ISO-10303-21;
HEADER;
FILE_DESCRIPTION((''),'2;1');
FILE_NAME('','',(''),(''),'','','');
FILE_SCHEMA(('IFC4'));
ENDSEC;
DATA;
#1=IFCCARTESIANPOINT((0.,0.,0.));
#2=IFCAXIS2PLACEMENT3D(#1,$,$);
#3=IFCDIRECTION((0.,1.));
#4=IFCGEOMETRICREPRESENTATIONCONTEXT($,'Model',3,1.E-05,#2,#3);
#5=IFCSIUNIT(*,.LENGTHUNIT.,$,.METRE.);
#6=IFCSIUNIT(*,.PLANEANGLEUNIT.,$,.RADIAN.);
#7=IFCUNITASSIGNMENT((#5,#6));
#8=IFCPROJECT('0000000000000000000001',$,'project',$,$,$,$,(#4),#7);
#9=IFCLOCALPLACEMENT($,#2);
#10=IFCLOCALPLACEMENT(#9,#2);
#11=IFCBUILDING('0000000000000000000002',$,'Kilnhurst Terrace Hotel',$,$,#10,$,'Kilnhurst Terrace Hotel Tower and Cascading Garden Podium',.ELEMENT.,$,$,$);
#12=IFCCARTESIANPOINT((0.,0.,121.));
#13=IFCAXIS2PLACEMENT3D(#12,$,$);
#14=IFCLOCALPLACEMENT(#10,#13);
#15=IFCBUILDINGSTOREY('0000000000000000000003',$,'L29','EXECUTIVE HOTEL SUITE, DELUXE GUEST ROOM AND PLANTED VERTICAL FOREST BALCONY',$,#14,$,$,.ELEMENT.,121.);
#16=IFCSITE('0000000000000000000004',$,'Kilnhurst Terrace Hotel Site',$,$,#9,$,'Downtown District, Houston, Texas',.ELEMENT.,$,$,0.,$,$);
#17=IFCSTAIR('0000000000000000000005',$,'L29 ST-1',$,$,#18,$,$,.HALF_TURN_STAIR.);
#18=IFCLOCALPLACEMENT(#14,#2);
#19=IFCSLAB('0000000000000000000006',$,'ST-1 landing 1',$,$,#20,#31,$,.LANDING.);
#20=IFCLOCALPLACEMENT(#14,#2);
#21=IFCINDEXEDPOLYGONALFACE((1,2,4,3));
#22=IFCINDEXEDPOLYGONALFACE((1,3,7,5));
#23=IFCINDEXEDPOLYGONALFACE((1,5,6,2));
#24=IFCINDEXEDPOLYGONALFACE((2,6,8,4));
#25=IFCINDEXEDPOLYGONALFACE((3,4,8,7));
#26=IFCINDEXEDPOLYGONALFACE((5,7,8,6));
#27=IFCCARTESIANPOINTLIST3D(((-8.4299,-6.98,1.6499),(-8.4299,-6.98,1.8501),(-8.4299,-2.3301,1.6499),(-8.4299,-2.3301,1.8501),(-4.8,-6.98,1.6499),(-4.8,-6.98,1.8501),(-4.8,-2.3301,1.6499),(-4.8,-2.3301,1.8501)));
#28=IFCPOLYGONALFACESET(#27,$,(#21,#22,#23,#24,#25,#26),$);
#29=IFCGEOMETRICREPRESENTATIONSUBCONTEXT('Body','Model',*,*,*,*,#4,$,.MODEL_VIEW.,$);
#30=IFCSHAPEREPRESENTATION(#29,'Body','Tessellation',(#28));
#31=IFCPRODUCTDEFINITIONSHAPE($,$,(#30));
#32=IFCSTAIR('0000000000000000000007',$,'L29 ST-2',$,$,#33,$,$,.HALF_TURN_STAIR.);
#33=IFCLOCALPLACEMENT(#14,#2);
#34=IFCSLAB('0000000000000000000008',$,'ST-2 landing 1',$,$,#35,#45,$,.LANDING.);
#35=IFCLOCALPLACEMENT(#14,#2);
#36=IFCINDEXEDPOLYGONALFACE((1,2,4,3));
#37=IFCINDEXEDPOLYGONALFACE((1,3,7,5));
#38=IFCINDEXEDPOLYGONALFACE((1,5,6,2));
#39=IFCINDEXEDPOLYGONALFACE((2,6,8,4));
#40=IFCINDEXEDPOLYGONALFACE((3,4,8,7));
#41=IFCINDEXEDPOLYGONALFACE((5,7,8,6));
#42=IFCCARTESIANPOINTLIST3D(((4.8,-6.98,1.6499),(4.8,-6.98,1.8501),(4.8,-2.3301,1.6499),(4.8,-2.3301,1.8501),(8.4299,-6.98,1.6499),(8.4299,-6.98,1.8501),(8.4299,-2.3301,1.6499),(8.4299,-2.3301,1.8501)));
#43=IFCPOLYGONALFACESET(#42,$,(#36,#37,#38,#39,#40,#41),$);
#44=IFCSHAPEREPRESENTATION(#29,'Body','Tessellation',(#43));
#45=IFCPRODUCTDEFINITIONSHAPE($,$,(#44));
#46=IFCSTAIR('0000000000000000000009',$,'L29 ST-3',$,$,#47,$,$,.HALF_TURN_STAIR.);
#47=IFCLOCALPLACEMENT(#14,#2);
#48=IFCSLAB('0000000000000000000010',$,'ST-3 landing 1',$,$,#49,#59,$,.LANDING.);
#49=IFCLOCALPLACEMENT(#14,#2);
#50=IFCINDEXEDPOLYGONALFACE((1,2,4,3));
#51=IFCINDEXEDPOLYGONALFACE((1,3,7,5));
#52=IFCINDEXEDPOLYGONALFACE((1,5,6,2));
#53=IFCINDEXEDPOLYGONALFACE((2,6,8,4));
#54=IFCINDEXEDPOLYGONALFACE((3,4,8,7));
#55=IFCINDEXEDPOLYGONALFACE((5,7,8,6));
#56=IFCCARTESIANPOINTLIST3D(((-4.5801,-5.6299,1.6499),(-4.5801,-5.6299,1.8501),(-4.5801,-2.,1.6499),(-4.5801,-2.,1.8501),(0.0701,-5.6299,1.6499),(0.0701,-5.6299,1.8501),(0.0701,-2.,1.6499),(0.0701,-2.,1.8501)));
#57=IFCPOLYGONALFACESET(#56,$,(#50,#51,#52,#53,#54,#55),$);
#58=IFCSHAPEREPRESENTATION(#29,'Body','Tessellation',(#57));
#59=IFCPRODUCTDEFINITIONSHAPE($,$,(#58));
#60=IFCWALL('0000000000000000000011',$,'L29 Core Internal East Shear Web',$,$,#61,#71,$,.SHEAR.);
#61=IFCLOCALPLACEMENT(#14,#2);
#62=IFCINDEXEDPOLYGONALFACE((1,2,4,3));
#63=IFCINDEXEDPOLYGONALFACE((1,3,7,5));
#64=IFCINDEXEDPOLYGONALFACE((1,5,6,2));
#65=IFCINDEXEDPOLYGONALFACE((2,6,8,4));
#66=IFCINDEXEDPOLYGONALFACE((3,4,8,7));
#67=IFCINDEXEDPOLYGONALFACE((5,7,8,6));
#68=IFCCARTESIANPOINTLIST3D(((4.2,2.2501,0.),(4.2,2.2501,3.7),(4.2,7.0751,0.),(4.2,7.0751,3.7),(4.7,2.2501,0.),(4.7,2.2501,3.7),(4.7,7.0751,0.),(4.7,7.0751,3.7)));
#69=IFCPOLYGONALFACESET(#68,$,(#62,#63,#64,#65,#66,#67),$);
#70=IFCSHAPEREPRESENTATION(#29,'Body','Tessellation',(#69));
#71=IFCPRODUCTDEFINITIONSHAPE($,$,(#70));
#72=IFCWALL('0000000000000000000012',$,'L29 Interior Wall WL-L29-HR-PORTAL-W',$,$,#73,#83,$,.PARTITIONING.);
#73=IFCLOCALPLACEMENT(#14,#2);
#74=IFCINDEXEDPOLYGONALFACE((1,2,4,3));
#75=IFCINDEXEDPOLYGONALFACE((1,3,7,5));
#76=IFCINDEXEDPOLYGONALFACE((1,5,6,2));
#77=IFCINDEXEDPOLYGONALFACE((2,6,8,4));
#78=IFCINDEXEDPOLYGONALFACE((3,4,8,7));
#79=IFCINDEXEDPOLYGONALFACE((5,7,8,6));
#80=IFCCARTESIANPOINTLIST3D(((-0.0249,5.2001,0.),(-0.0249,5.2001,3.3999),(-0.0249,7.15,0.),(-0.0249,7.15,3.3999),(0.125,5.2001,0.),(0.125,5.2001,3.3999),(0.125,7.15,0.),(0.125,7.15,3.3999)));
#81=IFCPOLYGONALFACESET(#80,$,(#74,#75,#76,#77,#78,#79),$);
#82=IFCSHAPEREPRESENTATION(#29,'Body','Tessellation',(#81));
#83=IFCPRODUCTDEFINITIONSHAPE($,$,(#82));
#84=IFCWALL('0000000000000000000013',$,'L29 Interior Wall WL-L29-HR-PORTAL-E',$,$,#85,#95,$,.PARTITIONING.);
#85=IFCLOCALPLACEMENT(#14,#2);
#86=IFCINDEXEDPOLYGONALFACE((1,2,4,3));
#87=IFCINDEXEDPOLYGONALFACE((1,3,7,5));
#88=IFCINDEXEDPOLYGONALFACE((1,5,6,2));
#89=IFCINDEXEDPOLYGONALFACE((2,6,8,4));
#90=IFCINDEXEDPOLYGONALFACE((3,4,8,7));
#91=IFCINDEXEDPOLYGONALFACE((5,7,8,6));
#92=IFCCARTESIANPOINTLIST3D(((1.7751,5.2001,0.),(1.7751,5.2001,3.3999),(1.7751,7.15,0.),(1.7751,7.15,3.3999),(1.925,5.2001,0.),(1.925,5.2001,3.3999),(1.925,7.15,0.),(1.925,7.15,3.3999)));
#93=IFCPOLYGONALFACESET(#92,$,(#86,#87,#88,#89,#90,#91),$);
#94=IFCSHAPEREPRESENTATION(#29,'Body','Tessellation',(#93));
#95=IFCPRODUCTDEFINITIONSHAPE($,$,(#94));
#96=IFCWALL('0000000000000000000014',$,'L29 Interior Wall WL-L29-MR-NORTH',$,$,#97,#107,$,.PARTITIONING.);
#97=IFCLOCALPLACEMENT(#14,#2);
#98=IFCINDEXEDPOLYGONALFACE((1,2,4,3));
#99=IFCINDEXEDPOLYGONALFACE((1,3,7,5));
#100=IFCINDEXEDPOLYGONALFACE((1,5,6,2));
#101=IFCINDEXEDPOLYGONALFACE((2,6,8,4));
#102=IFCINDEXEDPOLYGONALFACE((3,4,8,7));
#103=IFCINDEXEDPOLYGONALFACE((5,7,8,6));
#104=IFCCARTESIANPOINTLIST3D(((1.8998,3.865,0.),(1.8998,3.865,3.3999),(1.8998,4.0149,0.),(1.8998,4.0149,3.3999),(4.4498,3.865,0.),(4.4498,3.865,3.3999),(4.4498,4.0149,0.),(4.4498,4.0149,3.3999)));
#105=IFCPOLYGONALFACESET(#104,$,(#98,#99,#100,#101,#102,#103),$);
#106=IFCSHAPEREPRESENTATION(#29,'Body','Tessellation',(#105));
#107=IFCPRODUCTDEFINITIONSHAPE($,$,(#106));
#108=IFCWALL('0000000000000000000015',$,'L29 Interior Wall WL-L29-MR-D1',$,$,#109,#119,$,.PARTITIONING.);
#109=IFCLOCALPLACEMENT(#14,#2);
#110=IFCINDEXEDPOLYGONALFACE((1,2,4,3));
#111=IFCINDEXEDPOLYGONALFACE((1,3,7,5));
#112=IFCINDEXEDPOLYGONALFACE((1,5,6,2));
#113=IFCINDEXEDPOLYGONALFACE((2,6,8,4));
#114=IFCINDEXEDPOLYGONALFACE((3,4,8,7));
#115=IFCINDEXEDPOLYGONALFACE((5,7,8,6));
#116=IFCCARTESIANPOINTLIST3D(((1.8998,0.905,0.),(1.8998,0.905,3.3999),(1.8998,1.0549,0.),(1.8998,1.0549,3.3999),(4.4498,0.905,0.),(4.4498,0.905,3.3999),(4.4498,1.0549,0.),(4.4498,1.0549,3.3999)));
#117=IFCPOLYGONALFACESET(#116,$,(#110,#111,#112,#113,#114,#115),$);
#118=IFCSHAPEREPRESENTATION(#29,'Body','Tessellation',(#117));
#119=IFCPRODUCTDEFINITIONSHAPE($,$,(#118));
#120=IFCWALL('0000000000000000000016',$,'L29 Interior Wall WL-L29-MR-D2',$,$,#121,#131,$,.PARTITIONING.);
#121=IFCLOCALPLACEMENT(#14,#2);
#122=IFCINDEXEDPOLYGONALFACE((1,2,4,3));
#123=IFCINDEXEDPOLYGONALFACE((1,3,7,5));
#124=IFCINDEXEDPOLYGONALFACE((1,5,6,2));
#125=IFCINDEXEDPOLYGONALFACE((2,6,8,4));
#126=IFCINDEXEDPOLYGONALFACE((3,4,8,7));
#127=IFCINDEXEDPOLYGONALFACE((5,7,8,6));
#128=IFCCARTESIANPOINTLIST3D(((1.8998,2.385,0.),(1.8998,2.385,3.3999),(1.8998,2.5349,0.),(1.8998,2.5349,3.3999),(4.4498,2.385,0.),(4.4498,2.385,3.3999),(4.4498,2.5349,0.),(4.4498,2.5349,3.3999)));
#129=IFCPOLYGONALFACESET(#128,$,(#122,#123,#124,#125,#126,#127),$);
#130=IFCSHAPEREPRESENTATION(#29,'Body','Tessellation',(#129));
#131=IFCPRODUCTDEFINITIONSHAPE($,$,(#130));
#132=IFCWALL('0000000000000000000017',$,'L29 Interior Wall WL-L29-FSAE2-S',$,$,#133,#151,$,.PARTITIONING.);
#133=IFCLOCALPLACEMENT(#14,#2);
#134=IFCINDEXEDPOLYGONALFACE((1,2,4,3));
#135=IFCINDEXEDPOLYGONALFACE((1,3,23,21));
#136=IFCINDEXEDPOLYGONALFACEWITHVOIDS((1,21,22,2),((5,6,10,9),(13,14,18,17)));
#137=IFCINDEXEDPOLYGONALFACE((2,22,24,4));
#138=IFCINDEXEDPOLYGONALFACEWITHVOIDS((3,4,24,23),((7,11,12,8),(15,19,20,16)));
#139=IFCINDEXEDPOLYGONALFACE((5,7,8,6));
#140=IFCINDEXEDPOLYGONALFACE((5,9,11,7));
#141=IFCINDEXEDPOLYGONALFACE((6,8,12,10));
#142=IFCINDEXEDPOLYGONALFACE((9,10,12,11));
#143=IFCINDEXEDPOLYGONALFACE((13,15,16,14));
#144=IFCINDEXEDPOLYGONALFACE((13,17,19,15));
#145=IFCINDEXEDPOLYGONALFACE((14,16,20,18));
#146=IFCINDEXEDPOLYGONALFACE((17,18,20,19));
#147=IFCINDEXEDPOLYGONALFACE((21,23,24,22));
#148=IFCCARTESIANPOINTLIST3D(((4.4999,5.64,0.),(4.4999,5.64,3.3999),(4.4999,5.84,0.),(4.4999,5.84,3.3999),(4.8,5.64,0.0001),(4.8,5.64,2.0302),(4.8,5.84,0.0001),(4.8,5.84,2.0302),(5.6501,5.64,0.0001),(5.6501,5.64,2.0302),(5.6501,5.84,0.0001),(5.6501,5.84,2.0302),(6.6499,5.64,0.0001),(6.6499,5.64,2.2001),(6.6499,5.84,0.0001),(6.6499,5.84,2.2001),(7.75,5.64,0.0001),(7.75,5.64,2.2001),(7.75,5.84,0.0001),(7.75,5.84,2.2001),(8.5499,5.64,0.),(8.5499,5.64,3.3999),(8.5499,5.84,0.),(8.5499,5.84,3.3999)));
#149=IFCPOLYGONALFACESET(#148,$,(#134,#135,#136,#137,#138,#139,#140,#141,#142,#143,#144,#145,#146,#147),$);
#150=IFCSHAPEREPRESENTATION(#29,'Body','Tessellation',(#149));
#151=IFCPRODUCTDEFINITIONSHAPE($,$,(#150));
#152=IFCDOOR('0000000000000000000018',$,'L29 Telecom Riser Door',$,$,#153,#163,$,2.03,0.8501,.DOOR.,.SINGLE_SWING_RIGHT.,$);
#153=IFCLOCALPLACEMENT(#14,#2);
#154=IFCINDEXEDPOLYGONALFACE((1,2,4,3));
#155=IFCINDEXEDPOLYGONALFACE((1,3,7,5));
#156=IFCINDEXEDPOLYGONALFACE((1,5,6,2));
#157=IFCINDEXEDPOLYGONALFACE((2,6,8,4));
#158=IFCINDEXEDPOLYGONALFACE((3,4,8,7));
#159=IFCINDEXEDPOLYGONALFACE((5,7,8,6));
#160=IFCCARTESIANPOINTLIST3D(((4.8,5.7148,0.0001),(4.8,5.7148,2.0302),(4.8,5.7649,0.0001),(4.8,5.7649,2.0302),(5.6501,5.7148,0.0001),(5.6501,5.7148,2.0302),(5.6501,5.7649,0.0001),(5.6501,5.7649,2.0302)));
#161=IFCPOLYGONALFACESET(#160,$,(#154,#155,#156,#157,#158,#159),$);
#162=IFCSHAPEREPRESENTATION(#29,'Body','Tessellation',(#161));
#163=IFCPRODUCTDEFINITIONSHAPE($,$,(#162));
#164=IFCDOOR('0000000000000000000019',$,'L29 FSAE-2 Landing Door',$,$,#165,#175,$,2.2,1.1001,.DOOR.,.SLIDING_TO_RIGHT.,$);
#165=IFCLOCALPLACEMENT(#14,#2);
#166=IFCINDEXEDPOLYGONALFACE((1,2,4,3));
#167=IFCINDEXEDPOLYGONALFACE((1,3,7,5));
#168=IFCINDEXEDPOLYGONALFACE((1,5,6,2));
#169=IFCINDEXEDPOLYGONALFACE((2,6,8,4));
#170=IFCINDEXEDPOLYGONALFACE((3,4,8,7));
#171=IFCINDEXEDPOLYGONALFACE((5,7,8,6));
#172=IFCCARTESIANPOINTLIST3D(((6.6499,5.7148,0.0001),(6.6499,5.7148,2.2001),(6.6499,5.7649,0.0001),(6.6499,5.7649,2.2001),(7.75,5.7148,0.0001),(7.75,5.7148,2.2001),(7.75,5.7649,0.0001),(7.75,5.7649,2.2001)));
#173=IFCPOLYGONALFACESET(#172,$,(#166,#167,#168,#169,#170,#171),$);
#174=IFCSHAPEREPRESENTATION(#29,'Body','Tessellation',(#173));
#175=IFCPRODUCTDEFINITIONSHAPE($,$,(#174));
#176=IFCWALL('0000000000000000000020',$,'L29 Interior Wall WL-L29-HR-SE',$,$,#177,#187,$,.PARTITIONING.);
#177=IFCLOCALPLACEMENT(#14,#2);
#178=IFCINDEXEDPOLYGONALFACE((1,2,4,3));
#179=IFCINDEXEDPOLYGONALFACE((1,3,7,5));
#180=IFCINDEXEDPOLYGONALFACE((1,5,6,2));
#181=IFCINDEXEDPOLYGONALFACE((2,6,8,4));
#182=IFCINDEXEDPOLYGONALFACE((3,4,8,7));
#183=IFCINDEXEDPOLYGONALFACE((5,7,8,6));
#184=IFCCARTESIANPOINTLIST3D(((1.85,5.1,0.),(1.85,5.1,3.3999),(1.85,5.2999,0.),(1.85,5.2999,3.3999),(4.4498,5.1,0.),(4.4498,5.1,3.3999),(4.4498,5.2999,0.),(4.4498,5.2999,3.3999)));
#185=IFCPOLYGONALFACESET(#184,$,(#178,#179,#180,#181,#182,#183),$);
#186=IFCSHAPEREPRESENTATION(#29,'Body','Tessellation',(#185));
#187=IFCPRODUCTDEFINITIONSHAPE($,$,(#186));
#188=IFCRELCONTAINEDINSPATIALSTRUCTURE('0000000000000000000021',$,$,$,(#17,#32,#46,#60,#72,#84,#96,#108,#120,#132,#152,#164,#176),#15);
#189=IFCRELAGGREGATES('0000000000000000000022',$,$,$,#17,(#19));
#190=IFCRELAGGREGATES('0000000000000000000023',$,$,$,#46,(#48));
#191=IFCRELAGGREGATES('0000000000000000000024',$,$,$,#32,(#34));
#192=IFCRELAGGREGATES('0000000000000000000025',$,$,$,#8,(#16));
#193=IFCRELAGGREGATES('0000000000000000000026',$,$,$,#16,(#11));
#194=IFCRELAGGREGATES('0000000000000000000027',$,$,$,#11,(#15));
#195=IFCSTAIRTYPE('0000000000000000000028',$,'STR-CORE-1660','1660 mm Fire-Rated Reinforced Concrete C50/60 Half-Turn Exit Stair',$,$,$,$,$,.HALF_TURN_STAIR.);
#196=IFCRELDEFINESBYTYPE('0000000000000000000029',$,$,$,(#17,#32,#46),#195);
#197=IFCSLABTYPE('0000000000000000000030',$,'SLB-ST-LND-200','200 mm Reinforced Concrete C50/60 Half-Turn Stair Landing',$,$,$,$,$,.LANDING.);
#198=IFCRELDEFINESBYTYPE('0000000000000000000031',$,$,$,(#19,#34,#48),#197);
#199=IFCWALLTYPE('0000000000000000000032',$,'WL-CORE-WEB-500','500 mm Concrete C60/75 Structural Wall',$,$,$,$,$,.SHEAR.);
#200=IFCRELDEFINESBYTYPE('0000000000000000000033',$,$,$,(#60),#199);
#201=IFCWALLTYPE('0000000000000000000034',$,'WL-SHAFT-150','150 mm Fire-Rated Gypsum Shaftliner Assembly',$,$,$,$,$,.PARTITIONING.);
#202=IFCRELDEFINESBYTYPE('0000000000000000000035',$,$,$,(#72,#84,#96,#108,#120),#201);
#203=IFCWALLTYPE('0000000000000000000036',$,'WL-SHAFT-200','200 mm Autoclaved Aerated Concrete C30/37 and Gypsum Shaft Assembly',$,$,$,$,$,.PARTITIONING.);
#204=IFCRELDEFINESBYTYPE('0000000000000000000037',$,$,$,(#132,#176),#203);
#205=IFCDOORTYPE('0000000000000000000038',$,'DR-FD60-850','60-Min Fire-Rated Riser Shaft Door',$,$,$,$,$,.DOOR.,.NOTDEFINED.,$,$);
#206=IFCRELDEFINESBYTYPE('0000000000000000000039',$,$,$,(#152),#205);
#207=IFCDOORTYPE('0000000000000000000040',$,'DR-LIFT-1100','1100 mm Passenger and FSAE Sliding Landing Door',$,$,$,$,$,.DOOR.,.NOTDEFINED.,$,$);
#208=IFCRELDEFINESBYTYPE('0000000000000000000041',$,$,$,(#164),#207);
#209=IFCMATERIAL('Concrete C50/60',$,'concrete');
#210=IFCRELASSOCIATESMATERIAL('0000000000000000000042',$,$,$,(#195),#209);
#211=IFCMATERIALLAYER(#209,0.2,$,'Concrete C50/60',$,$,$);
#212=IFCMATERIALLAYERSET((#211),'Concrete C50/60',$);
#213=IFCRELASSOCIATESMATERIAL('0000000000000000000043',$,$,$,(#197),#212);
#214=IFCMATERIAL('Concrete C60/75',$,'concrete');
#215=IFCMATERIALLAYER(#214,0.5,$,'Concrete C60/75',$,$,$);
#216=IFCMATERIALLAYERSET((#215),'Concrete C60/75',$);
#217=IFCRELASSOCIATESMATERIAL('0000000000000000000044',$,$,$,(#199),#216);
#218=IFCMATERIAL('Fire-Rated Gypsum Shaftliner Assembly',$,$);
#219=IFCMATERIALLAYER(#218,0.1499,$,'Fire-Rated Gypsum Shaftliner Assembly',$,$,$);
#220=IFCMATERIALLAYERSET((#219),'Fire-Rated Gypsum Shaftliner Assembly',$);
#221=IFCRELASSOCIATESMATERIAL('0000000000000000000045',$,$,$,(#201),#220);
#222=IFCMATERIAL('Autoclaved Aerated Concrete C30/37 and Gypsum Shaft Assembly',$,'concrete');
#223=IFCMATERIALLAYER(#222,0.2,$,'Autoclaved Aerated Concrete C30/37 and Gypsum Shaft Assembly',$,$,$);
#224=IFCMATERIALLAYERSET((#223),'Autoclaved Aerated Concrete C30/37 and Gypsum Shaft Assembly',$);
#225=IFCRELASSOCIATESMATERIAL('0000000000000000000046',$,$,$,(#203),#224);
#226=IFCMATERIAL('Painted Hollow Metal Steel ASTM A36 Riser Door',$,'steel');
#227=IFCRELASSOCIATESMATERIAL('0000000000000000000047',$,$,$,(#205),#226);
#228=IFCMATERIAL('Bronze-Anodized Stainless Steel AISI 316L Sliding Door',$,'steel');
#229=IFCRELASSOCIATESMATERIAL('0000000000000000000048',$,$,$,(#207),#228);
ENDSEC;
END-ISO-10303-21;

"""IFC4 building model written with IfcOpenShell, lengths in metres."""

from ifc_helpers import new_model, si_unit, direction, frame, frame_2d, origin, place, context, subcontext, project, spatial, polyline, rectangle, outline, extrude, material, layer, layer_set, type_object, element, fill, aggregate, save


model = new_model("IFC4")

# Units and contexts
model_context = context("Model", 3, precision=1e-05, world=origin(), true_north=direction((0.0, 1.0)))
body_context = subcontext(model_context, "Body", "Model", "MODEL_VIEW")
ifc_project = project(units=[si_unit("LENGTHUNIT", "METRE"), si_unit("PLANEANGLEUNIT", "RADIAN")], contexts=[model_context])

# Site, building, storey
site_placement = place(None, origin())
site = spatial("IfcSite", under=ifc_project, at=site_placement, Name="Kilnhurst Terrace Hotel Site", LongName="Downtown District, Houston, Texas", CompositionType="ELEMENT", RefElevation=0.0)
building_placement = place(site_placement, origin())
building = spatial("IfcBuilding", under=site, at=building_placement, Name="Kilnhurst Terrace Hotel", LongName="Kilnhurst Terrace Hotel Tower and Cascading Garden Podium", CompositionType="ELEMENT")
storey_placement = place(building_placement, frame((0.0, 0.0, 121.0)))
storey = spatial("IfcBuildingStorey", under=building, at=storey_placement, Name="L29", Description="EXECUTIVE HOTEL SUITE, DELUXE GUEST ROOM AND PLANTED VERTICAL FOREST BALCONY", CompositionType="ELEMENT", Elevation=121.0)

# Stairs, slabs
ifc_material_1 = material(Name="Concrete C50/60", Category="concrete")
stair_type = type_object("IfcStairType", Name="STR-CORE-1660", Description="1660 mm Fire-Rated Reinforced Concrete C50/60 Half-Turn Exit Stair", PredefinedType="HALF_TURN_STAIR", material=ifc_material_1)
stair_1_placement = place(storey_placement, origin())
stair_1 = element("IfcStair", 1, at=stair_1_placement, inside=storey, type_object=stair_type, Name="L29 ST-1", PredefinedType="HALF_TURN_STAIR")
ifc_layer_1 = layer(ifc_material_1, 0.2, Name="Concrete C50/60")
ifc_layer_set_1 = layer_set([ifc_layer_1], Name="Concrete C50/60")
slab_type = type_object("IfcSlabType", Name="SLB-ST-LND-200", Description="200 mm Reinforced Concrete C50/60 Half-Turn Stair Landing", PredefinedType="LANDING", material=ifc_layer_set_1)
slab_1_placement = place(storey_placement, frame((0.0, 0.0, 1.6499)))
slab_1 = element("IfcSlab", 2, at=slab_1_placement, type_object=slab_type, Name="ST-1 landing 1", PredefinedType="LANDING", context=body_context, shape_type="SweptSolid", body=[
    extrude(outline(polyline([(-8.4299, -2.3301), (-4.8, -2.3301), (-4.8, -6.98), (-8.4299, -6.98), (-8.4299, -2.3301)])), origin(), (0.0, 0.0, 1.0), 0.2002),
])
aggregate(stair_1, [slab_1])
stair_2_placement = place(storey_placement, origin())
stair_2 = element("IfcStair", 3, at=stair_2_placement, inside=storey, type_object=stair_type, Name="L29 ST-2", PredefinedType="HALF_TURN_STAIR")
slab_2_placement = place(storey_placement, frame((0.0, 0.0, 1.6499)))
slab_2 = element("IfcSlab", 4, at=slab_2_placement, type_object=slab_type, Name="ST-2 landing 1", PredefinedType="LANDING", context=body_context, shape_type="SweptSolid", body=[
    extrude(outline(polyline([(4.8, -2.3301), (8.4299, -2.3301), (8.4299, -6.98), (4.8, -6.98), (4.8, -2.3301)])), origin(), (0.0, 0.0, 1.0), 0.2002),
])
stair_3_placement = place(storey_placement, origin())
stair_3 = element("IfcStair", 5, at=stair_3_placement, inside=storey, type_object=stair_type, Name="L29 ST-3", PredefinedType="HALF_TURN_STAIR")
slab_3_placement = place(storey_placement, frame((0.0, 0.0, 1.6499)))
slab_3 = element("IfcSlab", 6, at=slab_3_placement, type_object=slab_type, Name="ST-3 landing 1", PredefinedType="LANDING", context=body_context, shape_type="SweptSolid", body=[
    extrude(outline(polyline([(0.0701, -2.0), (0.0701, -5.6299), (-4.5801, -5.6299), (-4.5801, -2.0), (0.0701, -2.0)])), origin(), (0.0, 0.0, 1.0), 0.2002),
])
aggregate(stair_3, [slab_3])

# Walls
ifc_material_2 = material(Name="Concrete C60/75", Category="concrete")
ifc_layer_2 = layer(ifc_material_2, 0.5, Name="Concrete C60/75")
ifc_layer_set_2 = layer_set([ifc_layer_2], Name="Concrete C60/75")
wall_type_1 = type_object("IfcWallType", Name="WL-CORE-WEB-500", Description="500 mm Concrete C60/75 Structural Wall", PredefinedType="SHEAR", material=ifc_layer_set_2)
wall_1_placement = place(storey_placement, frame((4.45, 2.25, 0.0), z_axis=(0.0, 0.0, 1.0), x_axis=(0.0, 1.0, 0.0)))
element("IfcWall", 7, at=wall_1_placement, inside=storey, type_object=wall_type_1, Name="L29 Core Internal East Shear Web", PredefinedType="SHEAR", context=body_context, shape_type="SweptSolid", body=[
    extrude(rectangle(XDim=4.825, YDim=0.5, at=frame_2d((2.4126, 0.0))), origin(), (0.0, 0.0, 1.0), 3.7),
])
ifc_material_3 = material(Name="Fire-Rated Gypsum Shaftliner Assembly")
ifc_layer_3 = layer(ifc_material_3, 0.1499, Name="Fire-Rated Gypsum Shaftliner Assembly")
ifc_layer_set_3 = layer_set([ifc_layer_3], Name="Fire-Rated Gypsum Shaftliner Assembly")
wall_type_2 = type_object("IfcWallType", Name="WL-SHAFT-150", Description="150 mm Fire-Rated Gypsum Shaftliner Assembly", PredefinedType="PARTITIONING", material=ifc_layer_set_3)
for number, where, z_axis, x_axis, name in (
    (8, (0.05, 5.2, 0.0), (0.0, 0.0, 1.0), (0.0, 1.0, 0.0), "L29 Interior Wall WL-L29-HR-PORTAL-W"),
    (9, (1.8501, 5.2, 0.0), (0.0, 0.0, 1.0), (0.0, 1.0, 0.0), "L29 Interior Wall WL-L29-HR-PORTAL-E"),
):
    element("IfcWall", number, at=place(storey_placement, frame(where, z_axis=z_axis, x_axis=x_axis)), inside=storey, type_object=wall_type_2, Name=name, PredefinedType="PARTITIONING", context=body_context, shape_type="SweptSolid", body=[
        extrude(rectangle(XDim=1.95, YDim=0.1499, at=frame_2d((0.9751, 0.0))), origin(), (0.0, 0.0, 1.0), 3.3999),
    ])
for number, where, z_axis, x_axis, name in (
    (10, (1.8999, 3.9399, 0.0), (0.0, 0.0, 1.0), (1.0, 0.0, 0.0), "L29 Interior Wall WL-L29-MR-NORTH"),
    (11, (1.8999, 0.98, 0.0), (0.0, 0.0, 1.0), (1.0, 0.0, 0.0), "L29 Interior Wall WL-L29-MR-D1"),
    (12, (1.8999, 2.46, 0.0), (0.0, 0.0, 1.0), (1.0, 0.0, 0.0), "L29 Interior Wall WL-L29-MR-D2"),
):
    element("IfcWall", number, at=place(storey_placement, frame(where, z_axis=z_axis, x_axis=x_axis)), inside=storey, type_object=wall_type_2, Name=name, PredefinedType="PARTITIONING", context=body_context, shape_type="SweptSolid", body=[
        extrude(rectangle(XDim=2.55, YDim=0.1499, at=frame_2d((1.2749, 0.0))), origin(), (0.0, 0.0, 1.0), 3.3999),
    ])

# Wall, openings, doors
ifc_material_4 = material(Name="Autoclaved Aerated Concrete C30/37 and Gypsum Shaft Assembly", Category="concrete")
ifc_layer_4 = layer(ifc_material_4, 0.2, Name="Autoclaved Aerated Concrete C30/37 and Gypsum Shaft Assembly")
ifc_layer_set_4 = layer_set([ifc_layer_4], Name="Autoclaved Aerated Concrete C30/37 and Gypsum Shaft Assembly")
wall_type_3 = type_object("IfcWallType", Name="WL-SHAFT-200", Description="200 mm Autoclaved Aerated Concrete C30/37 and Gypsum Shaft Assembly", PredefinedType="PARTITIONING", material=ifc_layer_set_4)
wall_2_placement = place(storey_placement, frame((4.5, 5.74, 0.0), z_axis=(0.0, 0.0, 1.0), x_axis=(1.0, 0.0, 0.0)))
wall_2 = element("IfcWall", 13, at=wall_2_placement, inside=storey, type_object=wall_type_3, Name="L29 Interior Wall WL-L29-FSAE2-S", PredefinedType="PARTITIONING", context=body_context, shape_type="SweptSolid", body=[
    extrude(rectangle(XDim=4.05, YDim=0.2, at=frame_2d((2.0249, 0.0))), origin(), (0.0, 0.0, 1.0), 3.3999),
])
opening_1_placement = place(wall_2_placement, frame((0.3, 0.0, 0.0)))
opening_1 = element("IfcOpeningElement", 14, at=opening_1_placement, cuts=wall_2, PredefinedType="OPENING", context=body_context, shape_type="SweptSolid", body=[
    extrude(rectangle(XDim=0.8501, YDim=2.03, at=frame_2d((0.425, 1.0151))), frame((0.0, 0.1099, 0.0), z_axis=(0.0, -1.0, 0.0), x_axis=(1.0, 0.0, 0.0)), (0.0, 0.0, 1.0), 0.22),
])
opening_2_placement = place(wall_2_placement, frame((2.1499, 0.0, 0.0)))
opening_2 = element("IfcOpeningElement", 15, at=opening_2_placement, cuts=wall_2, PredefinedType="OPENING", context=body_context, shape_type="SweptSolid", body=[
    extrude(rectangle(XDim=1.1001, YDim=2.2, at=frame_2d((0.55, 1.1001))), frame((0.0, 0.1099, 0.0), z_axis=(0.0, -1.0, 0.0), x_axis=(1.0, 0.0, 0.0)), (0.0, 0.0, 1.0), 0.22),
])
ifc_material_5 = material(Name="Painted Hollow Metal Steel ASTM A36 Riser Door", Category="steel")
door_type_1 = type_object("IfcDoorType", Name="DR-FD60-850", Description="60-Min Fire-Rated Riser Shaft Door", OperationType="NOTDEFINED", PredefinedType="DOOR", material=ifc_material_5)
door_1_placement = place(opening_1_placement, origin())
door_1 = element("IfcDoor", 16, at=door_1_placement, inside=storey, type_object=door_type_1, Name="L29 Telecom Riser Door", OperationType="SINGLE_SWING_RIGHT", OverallHeight=2.03, OverallWidth=0.8501, PredefinedType="DOOR", context=body_context, shape_type="SweptSolid", body=[
    extrude(rectangle(XDim=0.8501, YDim=2.03, at=frame_2d((0.425, 1.0151))), frame((0.0, 0.0249, 0.0), z_axis=(0.0, -1.0, 0.0), x_axis=(1.0, 0.0, 0.0)), (0.0, 0.0, 1.0), 0.05),
])
fill(opening_1, door_1)
ifc_material_6 = material(Name="Bronze-Anodized Stainless Steel AISI 316L Sliding Door", Category="steel")
door_type_2 = type_object("IfcDoorType", Name="DR-LIFT-1100", Description="1100 mm Passenger and FSAE Sliding Landing Door", OperationType="NOTDEFINED", PredefinedType="DOOR", material=ifc_material_6)
door_2_placement = place(opening_2_placement, origin())
door_2 = element("IfcDoor", 17, at=door_2_placement, inside=storey, type_object=door_type_2, Name="L29 FSAE-2 Landing Door", OperationType="SLIDING_TO_RIGHT", OverallHeight=2.2, OverallWidth=1.1001, PredefinedType="DOOR", context=body_context, shape_type="SweptSolid", body=[
    extrude(rectangle(XDim=1.1001, YDim=2.2, at=frame_2d((0.55, 1.1001))), frame((0.0, 0.0249, 0.0), z_axis=(0.0, -1.0, 0.0), x_axis=(1.0, 0.0, 0.0)), (0.0, 0.0, 1.0), 0.05),
])
fill(opening_2, door_2)

# Wall
wall_3_placement = place(storey_placement, frame((1.8501, 5.2, 0.0), z_axis=(0.0, 0.0, 1.0), x_axis=(1.0, 0.0, 0.0)))
element("IfcWall", 18, at=wall_3_placement, inside=storey, type_object=wall_type_3, Name="L29 Interior Wall WL-L29-HR-SE", PredefinedType="PARTITIONING", context=body_context, shape_type="SweptSolid", body=[
    extrude(rectangle(XDim=2.5999, YDim=0.2, at=frame_2d((1.2998, 0.0))), origin(), (0.0, 0.0, 1.0), 3.3999),
])

aggregate(stair_2, [slab_2])

save(model, "model.ifc")
